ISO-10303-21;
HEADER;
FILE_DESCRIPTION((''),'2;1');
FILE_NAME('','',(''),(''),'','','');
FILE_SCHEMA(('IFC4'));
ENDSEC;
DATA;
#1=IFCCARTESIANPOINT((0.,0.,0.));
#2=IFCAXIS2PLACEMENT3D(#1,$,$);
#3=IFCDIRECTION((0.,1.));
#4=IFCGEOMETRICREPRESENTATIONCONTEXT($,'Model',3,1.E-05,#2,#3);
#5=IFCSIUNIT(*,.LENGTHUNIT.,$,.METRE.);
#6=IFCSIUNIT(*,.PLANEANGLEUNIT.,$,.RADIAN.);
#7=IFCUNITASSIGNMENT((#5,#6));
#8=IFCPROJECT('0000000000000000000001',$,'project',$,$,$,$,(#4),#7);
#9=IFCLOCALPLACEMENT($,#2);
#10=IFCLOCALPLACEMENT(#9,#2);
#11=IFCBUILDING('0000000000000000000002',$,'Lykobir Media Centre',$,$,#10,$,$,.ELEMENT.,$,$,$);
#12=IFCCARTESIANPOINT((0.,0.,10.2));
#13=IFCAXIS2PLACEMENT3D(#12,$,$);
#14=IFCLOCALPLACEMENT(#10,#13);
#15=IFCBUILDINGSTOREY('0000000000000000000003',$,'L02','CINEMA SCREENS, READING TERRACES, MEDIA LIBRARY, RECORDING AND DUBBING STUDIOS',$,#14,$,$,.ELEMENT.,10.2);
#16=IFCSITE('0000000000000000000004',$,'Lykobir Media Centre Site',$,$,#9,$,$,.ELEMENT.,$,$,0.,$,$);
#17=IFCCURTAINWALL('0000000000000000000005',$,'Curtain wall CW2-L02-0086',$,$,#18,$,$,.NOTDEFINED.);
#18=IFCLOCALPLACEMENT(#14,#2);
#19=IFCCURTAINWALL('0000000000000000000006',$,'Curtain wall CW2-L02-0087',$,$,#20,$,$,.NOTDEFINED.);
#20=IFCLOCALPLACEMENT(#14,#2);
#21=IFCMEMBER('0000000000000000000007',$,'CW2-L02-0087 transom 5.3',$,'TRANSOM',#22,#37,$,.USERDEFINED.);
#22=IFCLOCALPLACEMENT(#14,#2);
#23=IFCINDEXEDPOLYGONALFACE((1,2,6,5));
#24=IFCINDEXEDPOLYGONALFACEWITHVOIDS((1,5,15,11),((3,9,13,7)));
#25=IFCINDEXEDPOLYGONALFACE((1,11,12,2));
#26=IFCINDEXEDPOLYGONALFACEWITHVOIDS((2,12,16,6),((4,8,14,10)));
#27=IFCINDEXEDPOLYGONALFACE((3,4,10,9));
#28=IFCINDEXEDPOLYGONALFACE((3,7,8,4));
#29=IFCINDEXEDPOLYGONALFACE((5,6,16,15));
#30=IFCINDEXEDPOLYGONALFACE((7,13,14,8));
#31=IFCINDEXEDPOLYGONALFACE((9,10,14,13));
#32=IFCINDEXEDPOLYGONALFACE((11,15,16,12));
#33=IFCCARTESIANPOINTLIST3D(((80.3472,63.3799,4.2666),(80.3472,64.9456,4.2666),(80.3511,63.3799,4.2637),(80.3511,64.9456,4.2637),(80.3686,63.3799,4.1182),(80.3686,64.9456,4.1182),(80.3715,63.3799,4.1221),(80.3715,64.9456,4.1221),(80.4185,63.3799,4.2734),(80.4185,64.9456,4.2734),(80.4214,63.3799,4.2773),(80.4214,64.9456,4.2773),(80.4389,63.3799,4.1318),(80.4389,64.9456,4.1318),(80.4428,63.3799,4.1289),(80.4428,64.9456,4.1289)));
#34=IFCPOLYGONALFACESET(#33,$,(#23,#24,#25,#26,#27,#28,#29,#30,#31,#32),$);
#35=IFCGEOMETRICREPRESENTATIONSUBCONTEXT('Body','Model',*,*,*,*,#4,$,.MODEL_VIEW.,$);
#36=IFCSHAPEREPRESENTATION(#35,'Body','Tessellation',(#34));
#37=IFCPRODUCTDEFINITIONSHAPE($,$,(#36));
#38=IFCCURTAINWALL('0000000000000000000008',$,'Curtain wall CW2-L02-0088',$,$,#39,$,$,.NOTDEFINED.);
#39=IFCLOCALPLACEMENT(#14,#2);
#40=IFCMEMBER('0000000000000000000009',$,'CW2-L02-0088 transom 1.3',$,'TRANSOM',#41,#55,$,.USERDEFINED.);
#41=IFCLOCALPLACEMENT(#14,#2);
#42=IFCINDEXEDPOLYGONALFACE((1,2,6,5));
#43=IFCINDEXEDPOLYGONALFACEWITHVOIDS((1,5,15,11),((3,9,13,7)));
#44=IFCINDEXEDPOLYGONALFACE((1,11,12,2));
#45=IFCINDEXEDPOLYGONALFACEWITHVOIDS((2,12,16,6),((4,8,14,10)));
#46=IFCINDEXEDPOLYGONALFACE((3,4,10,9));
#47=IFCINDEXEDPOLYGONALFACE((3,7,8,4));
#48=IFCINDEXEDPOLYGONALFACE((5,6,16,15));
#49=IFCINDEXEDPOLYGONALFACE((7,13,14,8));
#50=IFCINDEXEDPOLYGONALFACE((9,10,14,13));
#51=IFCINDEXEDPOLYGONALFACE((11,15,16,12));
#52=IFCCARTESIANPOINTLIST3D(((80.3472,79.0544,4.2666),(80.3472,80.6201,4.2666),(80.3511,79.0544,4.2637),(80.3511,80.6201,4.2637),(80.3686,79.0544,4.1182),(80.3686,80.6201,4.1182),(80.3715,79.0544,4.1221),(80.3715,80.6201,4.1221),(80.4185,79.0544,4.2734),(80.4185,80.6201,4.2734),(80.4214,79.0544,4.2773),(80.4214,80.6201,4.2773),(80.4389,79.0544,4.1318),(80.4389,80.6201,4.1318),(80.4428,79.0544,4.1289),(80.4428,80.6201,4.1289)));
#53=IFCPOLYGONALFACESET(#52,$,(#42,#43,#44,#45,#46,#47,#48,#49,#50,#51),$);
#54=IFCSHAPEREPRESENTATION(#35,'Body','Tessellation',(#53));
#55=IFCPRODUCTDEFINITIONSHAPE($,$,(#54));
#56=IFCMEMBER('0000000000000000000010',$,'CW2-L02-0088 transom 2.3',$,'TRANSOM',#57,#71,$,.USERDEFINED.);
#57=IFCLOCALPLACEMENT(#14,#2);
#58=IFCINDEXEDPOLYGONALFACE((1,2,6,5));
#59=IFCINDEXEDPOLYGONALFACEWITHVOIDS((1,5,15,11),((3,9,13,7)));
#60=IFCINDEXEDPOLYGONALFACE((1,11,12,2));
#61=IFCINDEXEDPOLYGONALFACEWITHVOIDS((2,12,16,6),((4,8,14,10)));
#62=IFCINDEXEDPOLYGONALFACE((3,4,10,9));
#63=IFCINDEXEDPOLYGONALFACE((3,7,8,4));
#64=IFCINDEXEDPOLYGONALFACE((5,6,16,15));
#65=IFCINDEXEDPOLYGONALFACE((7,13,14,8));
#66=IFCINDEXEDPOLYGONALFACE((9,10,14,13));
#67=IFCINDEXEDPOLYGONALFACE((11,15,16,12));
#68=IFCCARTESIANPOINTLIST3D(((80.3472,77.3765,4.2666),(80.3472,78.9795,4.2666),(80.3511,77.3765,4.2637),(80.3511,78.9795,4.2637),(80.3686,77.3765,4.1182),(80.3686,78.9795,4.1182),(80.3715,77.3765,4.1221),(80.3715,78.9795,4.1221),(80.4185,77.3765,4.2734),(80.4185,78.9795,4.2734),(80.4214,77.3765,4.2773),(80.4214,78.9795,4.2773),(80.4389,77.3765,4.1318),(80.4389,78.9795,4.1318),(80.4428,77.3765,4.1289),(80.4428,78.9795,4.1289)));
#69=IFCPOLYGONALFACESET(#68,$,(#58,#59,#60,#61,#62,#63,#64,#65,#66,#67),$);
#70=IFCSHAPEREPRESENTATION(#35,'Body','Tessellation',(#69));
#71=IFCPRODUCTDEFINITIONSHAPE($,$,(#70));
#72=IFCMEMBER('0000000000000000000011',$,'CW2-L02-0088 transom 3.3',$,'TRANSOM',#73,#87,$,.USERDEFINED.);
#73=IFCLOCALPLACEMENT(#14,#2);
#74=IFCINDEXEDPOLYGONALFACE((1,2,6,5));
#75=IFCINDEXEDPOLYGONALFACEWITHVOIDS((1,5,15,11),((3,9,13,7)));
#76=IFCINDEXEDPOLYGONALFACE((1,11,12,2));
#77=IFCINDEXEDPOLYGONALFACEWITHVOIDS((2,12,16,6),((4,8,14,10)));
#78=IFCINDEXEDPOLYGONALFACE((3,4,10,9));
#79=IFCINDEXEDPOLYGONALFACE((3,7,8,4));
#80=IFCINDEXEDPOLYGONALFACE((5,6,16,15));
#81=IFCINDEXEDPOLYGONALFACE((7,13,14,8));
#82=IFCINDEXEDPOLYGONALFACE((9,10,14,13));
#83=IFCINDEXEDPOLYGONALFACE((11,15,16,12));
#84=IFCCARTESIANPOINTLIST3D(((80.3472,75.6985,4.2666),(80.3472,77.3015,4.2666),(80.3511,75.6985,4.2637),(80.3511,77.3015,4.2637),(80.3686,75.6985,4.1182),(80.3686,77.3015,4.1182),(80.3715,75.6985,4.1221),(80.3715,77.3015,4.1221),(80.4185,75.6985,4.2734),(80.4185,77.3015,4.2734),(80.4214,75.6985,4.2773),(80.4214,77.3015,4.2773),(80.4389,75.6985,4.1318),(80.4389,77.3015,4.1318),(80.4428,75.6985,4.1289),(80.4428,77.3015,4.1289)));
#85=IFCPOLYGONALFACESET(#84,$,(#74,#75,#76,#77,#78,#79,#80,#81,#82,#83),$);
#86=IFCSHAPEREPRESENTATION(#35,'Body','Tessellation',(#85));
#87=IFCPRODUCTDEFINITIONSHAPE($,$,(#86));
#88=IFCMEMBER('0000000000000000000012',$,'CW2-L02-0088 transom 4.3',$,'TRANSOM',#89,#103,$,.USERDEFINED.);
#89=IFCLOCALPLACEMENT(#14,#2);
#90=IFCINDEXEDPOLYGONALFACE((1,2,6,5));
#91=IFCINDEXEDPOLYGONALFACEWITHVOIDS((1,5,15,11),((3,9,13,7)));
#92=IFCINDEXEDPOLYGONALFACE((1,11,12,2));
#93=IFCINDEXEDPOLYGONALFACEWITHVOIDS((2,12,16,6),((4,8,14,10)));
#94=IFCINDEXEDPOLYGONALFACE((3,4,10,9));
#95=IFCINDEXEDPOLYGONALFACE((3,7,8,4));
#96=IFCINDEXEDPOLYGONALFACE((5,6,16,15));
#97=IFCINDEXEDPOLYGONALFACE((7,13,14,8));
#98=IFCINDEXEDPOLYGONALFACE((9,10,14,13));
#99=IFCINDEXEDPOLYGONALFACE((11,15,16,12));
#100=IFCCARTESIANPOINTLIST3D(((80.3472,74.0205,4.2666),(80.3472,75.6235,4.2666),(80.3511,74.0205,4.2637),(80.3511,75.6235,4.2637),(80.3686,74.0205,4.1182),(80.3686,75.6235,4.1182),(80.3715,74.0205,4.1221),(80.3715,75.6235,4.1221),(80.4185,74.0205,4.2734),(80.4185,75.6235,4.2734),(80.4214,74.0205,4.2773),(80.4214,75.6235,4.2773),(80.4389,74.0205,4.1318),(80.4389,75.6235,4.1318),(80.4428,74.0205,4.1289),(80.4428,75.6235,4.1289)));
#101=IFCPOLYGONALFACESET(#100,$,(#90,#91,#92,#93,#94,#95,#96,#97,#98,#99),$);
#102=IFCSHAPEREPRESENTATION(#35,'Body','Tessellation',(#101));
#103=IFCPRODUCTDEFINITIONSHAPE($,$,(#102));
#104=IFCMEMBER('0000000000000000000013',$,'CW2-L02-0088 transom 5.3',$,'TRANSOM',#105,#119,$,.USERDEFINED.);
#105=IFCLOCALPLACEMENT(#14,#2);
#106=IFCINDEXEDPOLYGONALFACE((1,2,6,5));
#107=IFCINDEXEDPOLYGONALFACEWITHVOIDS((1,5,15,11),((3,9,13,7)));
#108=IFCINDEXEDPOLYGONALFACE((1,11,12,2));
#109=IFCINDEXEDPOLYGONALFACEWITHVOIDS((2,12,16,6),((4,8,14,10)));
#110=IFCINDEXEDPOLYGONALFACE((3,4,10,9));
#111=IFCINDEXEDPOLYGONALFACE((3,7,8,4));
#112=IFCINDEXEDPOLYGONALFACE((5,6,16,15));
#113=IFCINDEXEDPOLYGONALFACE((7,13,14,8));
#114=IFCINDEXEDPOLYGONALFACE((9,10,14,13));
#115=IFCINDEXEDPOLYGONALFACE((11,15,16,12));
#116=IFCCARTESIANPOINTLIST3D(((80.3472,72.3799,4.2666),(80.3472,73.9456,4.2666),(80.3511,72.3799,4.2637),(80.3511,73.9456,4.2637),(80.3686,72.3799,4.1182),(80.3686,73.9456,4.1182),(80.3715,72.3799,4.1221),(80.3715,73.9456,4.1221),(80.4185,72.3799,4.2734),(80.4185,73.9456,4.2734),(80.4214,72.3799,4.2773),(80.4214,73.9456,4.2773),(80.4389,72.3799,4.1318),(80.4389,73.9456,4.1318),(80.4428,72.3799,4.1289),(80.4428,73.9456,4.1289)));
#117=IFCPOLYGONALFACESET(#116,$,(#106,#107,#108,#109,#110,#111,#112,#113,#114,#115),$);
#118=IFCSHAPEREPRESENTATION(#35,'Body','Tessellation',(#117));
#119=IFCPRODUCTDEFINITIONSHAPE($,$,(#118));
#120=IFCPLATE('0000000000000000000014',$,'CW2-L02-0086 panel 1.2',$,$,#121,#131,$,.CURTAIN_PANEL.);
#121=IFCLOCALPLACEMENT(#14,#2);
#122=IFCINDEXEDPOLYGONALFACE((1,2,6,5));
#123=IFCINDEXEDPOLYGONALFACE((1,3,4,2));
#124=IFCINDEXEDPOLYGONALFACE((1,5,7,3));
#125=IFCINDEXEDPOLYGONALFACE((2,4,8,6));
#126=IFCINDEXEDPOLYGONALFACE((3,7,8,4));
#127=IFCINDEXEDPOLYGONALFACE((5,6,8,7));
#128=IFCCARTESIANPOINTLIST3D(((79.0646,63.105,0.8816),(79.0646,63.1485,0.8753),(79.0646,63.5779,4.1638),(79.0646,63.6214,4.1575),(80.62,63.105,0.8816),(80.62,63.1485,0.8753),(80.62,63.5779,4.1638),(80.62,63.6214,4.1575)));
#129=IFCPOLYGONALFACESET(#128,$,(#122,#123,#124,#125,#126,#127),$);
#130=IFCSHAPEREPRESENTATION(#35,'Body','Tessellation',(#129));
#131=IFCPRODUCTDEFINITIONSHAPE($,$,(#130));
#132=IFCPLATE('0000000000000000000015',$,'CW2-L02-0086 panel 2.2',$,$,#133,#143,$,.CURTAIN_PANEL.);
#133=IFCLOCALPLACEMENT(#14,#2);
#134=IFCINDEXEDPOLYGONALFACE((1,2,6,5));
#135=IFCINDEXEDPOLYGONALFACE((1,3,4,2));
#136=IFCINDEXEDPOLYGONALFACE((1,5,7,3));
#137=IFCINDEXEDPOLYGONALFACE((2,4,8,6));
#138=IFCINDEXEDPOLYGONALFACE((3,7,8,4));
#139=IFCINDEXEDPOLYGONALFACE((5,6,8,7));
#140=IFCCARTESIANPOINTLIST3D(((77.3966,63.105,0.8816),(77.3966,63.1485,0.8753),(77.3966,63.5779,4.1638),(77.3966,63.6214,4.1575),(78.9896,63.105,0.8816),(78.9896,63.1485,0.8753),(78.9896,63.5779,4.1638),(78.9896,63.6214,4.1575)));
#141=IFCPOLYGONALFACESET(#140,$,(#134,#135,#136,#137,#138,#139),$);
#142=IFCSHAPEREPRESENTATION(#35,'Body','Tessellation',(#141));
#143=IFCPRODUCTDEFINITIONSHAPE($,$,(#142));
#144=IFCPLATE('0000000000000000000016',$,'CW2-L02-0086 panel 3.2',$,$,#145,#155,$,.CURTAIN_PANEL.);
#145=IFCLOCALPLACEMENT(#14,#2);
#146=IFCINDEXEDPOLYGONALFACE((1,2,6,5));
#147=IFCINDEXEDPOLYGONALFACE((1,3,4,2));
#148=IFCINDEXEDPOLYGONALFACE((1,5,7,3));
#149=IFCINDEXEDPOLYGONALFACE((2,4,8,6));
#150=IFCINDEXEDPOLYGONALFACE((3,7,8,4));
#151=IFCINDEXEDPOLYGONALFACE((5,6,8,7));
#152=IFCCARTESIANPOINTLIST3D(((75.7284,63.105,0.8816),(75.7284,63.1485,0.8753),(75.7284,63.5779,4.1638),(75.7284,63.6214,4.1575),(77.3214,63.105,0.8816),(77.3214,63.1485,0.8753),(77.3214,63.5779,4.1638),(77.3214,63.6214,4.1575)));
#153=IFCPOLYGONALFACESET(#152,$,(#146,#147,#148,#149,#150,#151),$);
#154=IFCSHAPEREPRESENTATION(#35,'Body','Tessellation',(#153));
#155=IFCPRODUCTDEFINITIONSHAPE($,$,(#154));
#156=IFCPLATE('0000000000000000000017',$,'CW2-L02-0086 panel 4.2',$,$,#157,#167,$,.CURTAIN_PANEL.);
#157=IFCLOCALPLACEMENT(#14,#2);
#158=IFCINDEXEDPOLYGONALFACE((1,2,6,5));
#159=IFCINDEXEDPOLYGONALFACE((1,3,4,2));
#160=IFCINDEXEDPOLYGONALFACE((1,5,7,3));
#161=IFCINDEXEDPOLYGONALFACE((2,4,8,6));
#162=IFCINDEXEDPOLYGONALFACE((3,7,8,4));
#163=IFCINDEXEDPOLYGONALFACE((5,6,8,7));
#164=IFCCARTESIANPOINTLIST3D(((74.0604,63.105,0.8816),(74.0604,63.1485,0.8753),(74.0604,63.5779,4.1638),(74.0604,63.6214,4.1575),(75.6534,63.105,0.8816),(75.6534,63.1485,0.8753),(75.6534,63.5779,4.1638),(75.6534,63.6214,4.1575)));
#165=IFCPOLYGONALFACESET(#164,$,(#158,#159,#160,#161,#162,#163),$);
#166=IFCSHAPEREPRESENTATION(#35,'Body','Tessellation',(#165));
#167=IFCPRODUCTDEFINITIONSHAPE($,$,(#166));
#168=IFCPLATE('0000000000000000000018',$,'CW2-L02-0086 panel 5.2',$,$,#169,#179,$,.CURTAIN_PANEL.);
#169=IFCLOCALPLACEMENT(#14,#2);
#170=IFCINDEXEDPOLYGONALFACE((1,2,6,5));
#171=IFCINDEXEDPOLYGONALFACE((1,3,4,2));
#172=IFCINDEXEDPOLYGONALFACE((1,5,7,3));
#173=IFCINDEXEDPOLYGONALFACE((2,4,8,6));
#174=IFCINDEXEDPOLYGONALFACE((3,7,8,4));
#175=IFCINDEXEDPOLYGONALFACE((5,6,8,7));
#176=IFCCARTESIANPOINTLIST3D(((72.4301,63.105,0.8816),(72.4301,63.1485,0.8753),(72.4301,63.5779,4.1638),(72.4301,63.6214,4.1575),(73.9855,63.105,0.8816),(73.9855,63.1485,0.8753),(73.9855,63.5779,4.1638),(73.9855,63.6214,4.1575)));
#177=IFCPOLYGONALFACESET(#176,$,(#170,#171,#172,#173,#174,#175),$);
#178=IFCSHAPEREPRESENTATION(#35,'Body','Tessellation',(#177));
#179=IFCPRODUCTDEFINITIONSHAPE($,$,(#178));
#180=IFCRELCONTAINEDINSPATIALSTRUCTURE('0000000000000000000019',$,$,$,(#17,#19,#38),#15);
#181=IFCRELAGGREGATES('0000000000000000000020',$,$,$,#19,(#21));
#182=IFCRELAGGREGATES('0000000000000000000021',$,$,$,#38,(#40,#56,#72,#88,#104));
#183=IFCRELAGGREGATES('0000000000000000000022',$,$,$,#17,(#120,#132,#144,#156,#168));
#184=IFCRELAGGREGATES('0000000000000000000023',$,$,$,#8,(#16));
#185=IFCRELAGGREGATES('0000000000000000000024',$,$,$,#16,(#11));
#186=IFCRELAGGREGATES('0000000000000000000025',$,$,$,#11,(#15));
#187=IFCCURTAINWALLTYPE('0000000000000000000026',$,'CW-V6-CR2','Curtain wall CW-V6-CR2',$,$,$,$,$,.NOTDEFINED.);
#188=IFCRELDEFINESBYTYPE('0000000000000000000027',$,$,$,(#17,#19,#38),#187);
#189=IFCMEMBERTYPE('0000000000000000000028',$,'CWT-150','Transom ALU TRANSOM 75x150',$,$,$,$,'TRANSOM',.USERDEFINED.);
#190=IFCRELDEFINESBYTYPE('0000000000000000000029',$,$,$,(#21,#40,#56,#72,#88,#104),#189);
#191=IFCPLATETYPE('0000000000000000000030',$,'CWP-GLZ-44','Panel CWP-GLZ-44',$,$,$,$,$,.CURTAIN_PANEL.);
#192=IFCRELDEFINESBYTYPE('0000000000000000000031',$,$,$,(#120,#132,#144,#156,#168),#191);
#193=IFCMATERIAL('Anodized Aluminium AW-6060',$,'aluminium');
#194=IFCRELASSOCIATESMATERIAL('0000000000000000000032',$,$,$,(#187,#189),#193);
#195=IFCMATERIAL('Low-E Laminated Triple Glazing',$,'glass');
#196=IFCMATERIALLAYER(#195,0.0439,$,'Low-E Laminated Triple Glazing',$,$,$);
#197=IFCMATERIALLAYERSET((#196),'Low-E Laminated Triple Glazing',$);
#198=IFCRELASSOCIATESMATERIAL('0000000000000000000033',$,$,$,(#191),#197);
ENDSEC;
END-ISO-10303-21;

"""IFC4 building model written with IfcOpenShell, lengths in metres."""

from ifc_helpers import new_model, si_unit, direction, frame, origin, origin_2d, place, context, subcontext, project, spatial, rectangle, hollow_rectangle, extrude, material, layer, layer_set, material_profile, profile_set, type_object, element, aggregate, save


model = new_model("IFC4")

# Units and contexts
model_context = context("Model", 3, precision=1e-05, world=origin(), true_north=direction((0.0, 1.0)))
body_context = subcontext(model_context, "Body", "Model", "MODEL_VIEW")
ifc_project = project(units=[si_unit("LENGTHUNIT", "METRE"), si_unit("PLANEANGLEUNIT", "RADIAN")], contexts=[model_context])

# Site, building, storey
site_placement = place(None, origin())
site = spatial("IfcSite", under=ifc_project, at=site_placement, Name="Lykobir Media Centre Site", CompositionType="ELEMENT", RefElevation=0.0)
building_placement = place(site_placement, origin())
building = spatial("IfcBuilding", under=site, at=building_placement, Name="Lykobir Media Centre", CompositionType="ELEMENT")
storey_placement = place(building_placement, frame((0.0, 0.0, 10.2)))
storey = spatial("IfcBuildingStorey", under=building, at=storey_placement, Name="L02", Description="CINEMA SCREENS, READING TERRACES, MEDIA LIBRARY, RECORDING AND DUBBING STUDIOS", CompositionType="ELEMENT", Elevation=10.2)

# Shared definitions
ifc_material_1 = material(Name="Anodized Aluminium AW-6060", Category="aluminium")
curtain_wall_type = type_object("IfcCurtainWallType", Name="CW-V6-CR2", Description="Curtain wall CW-V6-CR2", PredefinedType="NOTDEFINED", material=ifc_material_1)
ifc_material_profile = material_profile(ifc_material_1, hollow_rectangle(XDim=0.075, YDim=0.1499, WallThickness=0.0034, at=origin_2d()), Name="ALU TRANSOM 75x150")
ifc_profile_set = profile_set([ifc_material_profile], Name="Anodized Aluminium AW-6060")
member_type = type_object("IfcMemberType", Name="CWT-150", Description="Transom ALU TRANSOM 75x150", ElementType="TRANSOM", PredefinedType="USERDEFINED", material=ifc_profile_set)

# Curtain walls, members
curtain_wall_1_placement = place(storey_placement, origin())
curtain_wall_1 = element("IfcCurtainWall", 1, at=curtain_wall_1_placement, inside=storey, type_object=curtain_wall_type, Name="Curtain wall CW2-L02-0086", PredefinedType="NOTDEFINED")
curtain_wall_2_placement = place(storey_placement, origin())
curtain_wall_2 = element("IfcCurtainWall", 2, at=curtain_wall_2_placement, inside=storey, type_object=curtain_wall_type, Name="Curtain wall CW2-L02-0087", PredefinedType="NOTDEFINED")
member_1_placement = place(storey_placement, frame((80.395, 64.9456, 4.1978), z_axis=(0.0, -1.0, 0.0), x_axis=(0.989776, 0.0, 0.142629)))
member_1 = element("IfcMember", 3, at=member_1_placement, type_object=member_type, Name="CW2-L02-0087 transom 5.3", ObjectType="TRANSOM", PredefinedType="USERDEFINED", context=body_context, shape_type="SweptSolid", body=[
    extrude(hollow_rectangle(XDim=0.075, YDim=0.1499, WallThickness=0.0034, at=origin_2d()), origin(), (0.0, 0.0, 1.0), 1.5657),
])
aggregate(curtain_wall_2, [member_1])
curtain_wall_3_placement = place(storey_placement, origin())
curtain_wall_3 = element("IfcCurtainWall", 4, at=curtain_wall_3_placement, inside=storey, type_object=curtain_wall_type, Name="Curtain wall CW2-L02-0088", PredefinedType="NOTDEFINED")
member_2_placement = place(storey_placement, frame((80.395, 80.6201, 4.1978), z_axis=(0.0, -1.0, 0.0), x_axis=(0.989776, 0.0, 0.142629)))
member_2 = element("IfcMember", 5, at=member_2_placement, type_object=member_type, Name="CW2-L02-0088 transom 1.3", ObjectType="TRANSOM", PredefinedType="USERDEFINED", context=body_context, shape_type="SweptSolid", body=[
    extrude(hollow_rectangle(XDim=0.075, YDim=0.1499, WallThickness=0.0034, at=origin_2d()), origin(), (0.0, 0.0, 1.0), 1.5657),
])
member_3_placement = place(storey_placement, frame((80.395, 78.9795, 4.1978), z_axis=(0.0, -1.0, 0.0), x_axis=(0.989776, 0.0, 0.142629)))
member_3 = element("IfcMember", 6, at=member_3_placement, type_object=member_type, Name="CW2-L02-0088 transom 2.3", ObjectType="TRANSOM", PredefinedType="USERDEFINED", context=body_context, shape_type="SweptSolid", body=[
    extrude(hollow_rectangle(XDim=0.075, YDim=0.1499, WallThickness=0.0034, at=origin_2d()), origin(), (0.0, 0.0, 1.0), 1.603),
])
member_4_placement = place(storey_placement, frame((80.395, 77.3015, 4.1978), z_axis=(0.0, -1.0, 0.0), x_axis=(0.989776, 0.0, 0.142629)))
member_4 = element("IfcMember", 7, at=member_4_placement, type_object=member_type, Name="CW2-L02-0088 transom 3.3", ObjectType="TRANSOM", PredefinedType="USERDEFINED", context=body_context, shape_type="SweptSolid", body=[
    extrude(hollow_rectangle(XDim=0.075, YDim=0.1499, WallThickness=0.0034, at=origin_2d()), origin(), (0.0, 0.0, 1.0), 1.603),
])
member_5_placement = place(storey_placement, frame((80.395, 75.6235, 4.1978), z_axis=(0.0, -1.0, 0.0), x_axis=(0.989776, 0.0, 0.142629)))
member_5 = element("IfcMember", 8, at=member_5_placement, type_object=member_type, Name="CW2-L02-0088 transom 4.3", ObjectType="TRANSOM", PredefinedType="USERDEFINED", context=body_context, shape_type="SweptSolid", body=[
    extrude(hollow_rectangle(XDim=0.075, YDim=0.1499, WallThickness=0.0034, at=origin_2d()), origin(), (0.0, 0.0, 1.0), 1.603),
])
member_6_placement = place(storey_placement, frame((80.395, 73.9456, 4.1978), z_axis=(0.0, -1.0, 0.0), x_axis=(0.989776, 0.0, 0.142629)))
member_6 = element("IfcMember", 9, at=member_6_placement, type_object=member_type, Name="CW2-L02-0088 transom 5.3", ObjectType="TRANSOM", PredefinedType="USERDEFINED", context=body_context, shape_type="SweptSolid", body=[
    extrude(hollow_rectangle(XDim=0.075, YDim=0.1499, WallThickness=0.0034, at=origin_2d()), origin(), (0.0, 0.0, 1.0), 1.5657),
])
aggregate(curtain_wall_3, [member_2, member_3, member_4, member_5, member_6])

# Plates
ifc_material_2 = material(Name="Low-E Laminated Triple Glazing", Category="glass")
ifc_layer = layer(ifc_material_2, 0.0439, Name="Low-E Laminated Triple Glazing")
ifc_layer_set = layer_set([ifc_layer], Name="Low-E Laminated Triple Glazing")
plate_type = type_object("IfcPlateType", Name="CWP-GLZ-44", Description="Panel CWP-GLZ-44", PredefinedType="CURTAIN_PANEL", material=ifc_layer_set)
plate_1_placement = place(storey_placement, frame((79.8423, 63.1267, 0.8784), z_axis=(0.0, 0.142629, 0.989776), x_axis=(-1.0, 0.0, 0.0)))
plate_1 = element("IfcPlate", 10, at=plate_1_placement, type_object=plate_type, Name="CW2-L02-0086 panel 1.2", PredefinedType="CURTAIN_PANEL", context=body_context, shape_type="SweptSolid", body=[
    extrude(rectangle(XDim=1.5554, YDim=0.0439, at=origin_2d()), origin(), (0.0, 0.0, 1.0), 3.3162),
])
plate_2_placement = place(storey_placement, frame((78.1931, 63.1267, 0.8784), z_axis=(0.0, 0.142629, 0.989776), x_axis=(-1.0, 0.0, 0.0)))
plate_2 = element("IfcPlate", 11, at=plate_2_placement, type_object=plate_type, Name="CW2-L02-0086 panel 2.2", PredefinedType="CURTAIN_PANEL", context=body_context, shape_type="SweptSolid", body=[
    extrude(rectangle(XDim=1.593, YDim=0.0439, at=origin_2d()), origin(), (0.0, 0.0, 1.0), 3.3162),
])
plate_3_placement = place(storey_placement, frame((76.5249, 63.1267, 0.8784), z_axis=(0.0, 0.142629, 0.989776), x_axis=(-1.0, 0.0, 0.0)))
plate_3 = element("IfcPlate", 12, at=plate_3_placement, type_object=plate_type, Name="CW2-L02-0086 panel 3.2", PredefinedType="CURTAIN_PANEL", context=body_context, shape_type="SweptSolid", body=[
    extrude(rectangle(XDim=1.593, YDim=0.0439, at=origin_2d()), origin(), (0.0, 0.0, 1.0), 3.3162),
])
plate_4_placement = place(storey_placement, frame((74.8569, 63.1267, 0.8784), z_axis=(0.0, 0.142629, 0.989776), x_axis=(-1.0, 0.0, 0.0)))
plate_4 = element("IfcPlate", 13, at=plate_4_placement, type_object=plate_type, Name="CW2-L02-0086 panel 4.2", PredefinedType="CURTAIN_PANEL", context=body_context, shape_type="SweptSolid", body=[
    extrude(rectangle(XDim=1.593, YDim=0.0439, at=origin_2d()), origin(), (0.0, 0.0, 1.0), 3.3162),
])
plate_5_placement = place(storey_placement, frame((73.2078, 63.1267, 0.8784), z_axis=(0.0, 0.142629, 0.989776), x_axis=(-1.0, 0.0, 0.0)))
plate_5 = element("IfcPlate", 14, at=plate_5_placement, type_object=plate_type, Name="CW2-L02-0086 panel 5.2", PredefinedType="CURTAIN_PANEL", context=body_context, shape_type="SweptSolid", body=[
    extrude(rectangle(XDim=1.5554, YDim=0.0439, at=origin_2d()), origin(), (0.0, 0.0, 1.0), 3.3162),
])
aggregate(curtain_wall_1, [plate_1, plate_2, plate_3, plate_4, plate_5])

save(model, "model.ifc")
